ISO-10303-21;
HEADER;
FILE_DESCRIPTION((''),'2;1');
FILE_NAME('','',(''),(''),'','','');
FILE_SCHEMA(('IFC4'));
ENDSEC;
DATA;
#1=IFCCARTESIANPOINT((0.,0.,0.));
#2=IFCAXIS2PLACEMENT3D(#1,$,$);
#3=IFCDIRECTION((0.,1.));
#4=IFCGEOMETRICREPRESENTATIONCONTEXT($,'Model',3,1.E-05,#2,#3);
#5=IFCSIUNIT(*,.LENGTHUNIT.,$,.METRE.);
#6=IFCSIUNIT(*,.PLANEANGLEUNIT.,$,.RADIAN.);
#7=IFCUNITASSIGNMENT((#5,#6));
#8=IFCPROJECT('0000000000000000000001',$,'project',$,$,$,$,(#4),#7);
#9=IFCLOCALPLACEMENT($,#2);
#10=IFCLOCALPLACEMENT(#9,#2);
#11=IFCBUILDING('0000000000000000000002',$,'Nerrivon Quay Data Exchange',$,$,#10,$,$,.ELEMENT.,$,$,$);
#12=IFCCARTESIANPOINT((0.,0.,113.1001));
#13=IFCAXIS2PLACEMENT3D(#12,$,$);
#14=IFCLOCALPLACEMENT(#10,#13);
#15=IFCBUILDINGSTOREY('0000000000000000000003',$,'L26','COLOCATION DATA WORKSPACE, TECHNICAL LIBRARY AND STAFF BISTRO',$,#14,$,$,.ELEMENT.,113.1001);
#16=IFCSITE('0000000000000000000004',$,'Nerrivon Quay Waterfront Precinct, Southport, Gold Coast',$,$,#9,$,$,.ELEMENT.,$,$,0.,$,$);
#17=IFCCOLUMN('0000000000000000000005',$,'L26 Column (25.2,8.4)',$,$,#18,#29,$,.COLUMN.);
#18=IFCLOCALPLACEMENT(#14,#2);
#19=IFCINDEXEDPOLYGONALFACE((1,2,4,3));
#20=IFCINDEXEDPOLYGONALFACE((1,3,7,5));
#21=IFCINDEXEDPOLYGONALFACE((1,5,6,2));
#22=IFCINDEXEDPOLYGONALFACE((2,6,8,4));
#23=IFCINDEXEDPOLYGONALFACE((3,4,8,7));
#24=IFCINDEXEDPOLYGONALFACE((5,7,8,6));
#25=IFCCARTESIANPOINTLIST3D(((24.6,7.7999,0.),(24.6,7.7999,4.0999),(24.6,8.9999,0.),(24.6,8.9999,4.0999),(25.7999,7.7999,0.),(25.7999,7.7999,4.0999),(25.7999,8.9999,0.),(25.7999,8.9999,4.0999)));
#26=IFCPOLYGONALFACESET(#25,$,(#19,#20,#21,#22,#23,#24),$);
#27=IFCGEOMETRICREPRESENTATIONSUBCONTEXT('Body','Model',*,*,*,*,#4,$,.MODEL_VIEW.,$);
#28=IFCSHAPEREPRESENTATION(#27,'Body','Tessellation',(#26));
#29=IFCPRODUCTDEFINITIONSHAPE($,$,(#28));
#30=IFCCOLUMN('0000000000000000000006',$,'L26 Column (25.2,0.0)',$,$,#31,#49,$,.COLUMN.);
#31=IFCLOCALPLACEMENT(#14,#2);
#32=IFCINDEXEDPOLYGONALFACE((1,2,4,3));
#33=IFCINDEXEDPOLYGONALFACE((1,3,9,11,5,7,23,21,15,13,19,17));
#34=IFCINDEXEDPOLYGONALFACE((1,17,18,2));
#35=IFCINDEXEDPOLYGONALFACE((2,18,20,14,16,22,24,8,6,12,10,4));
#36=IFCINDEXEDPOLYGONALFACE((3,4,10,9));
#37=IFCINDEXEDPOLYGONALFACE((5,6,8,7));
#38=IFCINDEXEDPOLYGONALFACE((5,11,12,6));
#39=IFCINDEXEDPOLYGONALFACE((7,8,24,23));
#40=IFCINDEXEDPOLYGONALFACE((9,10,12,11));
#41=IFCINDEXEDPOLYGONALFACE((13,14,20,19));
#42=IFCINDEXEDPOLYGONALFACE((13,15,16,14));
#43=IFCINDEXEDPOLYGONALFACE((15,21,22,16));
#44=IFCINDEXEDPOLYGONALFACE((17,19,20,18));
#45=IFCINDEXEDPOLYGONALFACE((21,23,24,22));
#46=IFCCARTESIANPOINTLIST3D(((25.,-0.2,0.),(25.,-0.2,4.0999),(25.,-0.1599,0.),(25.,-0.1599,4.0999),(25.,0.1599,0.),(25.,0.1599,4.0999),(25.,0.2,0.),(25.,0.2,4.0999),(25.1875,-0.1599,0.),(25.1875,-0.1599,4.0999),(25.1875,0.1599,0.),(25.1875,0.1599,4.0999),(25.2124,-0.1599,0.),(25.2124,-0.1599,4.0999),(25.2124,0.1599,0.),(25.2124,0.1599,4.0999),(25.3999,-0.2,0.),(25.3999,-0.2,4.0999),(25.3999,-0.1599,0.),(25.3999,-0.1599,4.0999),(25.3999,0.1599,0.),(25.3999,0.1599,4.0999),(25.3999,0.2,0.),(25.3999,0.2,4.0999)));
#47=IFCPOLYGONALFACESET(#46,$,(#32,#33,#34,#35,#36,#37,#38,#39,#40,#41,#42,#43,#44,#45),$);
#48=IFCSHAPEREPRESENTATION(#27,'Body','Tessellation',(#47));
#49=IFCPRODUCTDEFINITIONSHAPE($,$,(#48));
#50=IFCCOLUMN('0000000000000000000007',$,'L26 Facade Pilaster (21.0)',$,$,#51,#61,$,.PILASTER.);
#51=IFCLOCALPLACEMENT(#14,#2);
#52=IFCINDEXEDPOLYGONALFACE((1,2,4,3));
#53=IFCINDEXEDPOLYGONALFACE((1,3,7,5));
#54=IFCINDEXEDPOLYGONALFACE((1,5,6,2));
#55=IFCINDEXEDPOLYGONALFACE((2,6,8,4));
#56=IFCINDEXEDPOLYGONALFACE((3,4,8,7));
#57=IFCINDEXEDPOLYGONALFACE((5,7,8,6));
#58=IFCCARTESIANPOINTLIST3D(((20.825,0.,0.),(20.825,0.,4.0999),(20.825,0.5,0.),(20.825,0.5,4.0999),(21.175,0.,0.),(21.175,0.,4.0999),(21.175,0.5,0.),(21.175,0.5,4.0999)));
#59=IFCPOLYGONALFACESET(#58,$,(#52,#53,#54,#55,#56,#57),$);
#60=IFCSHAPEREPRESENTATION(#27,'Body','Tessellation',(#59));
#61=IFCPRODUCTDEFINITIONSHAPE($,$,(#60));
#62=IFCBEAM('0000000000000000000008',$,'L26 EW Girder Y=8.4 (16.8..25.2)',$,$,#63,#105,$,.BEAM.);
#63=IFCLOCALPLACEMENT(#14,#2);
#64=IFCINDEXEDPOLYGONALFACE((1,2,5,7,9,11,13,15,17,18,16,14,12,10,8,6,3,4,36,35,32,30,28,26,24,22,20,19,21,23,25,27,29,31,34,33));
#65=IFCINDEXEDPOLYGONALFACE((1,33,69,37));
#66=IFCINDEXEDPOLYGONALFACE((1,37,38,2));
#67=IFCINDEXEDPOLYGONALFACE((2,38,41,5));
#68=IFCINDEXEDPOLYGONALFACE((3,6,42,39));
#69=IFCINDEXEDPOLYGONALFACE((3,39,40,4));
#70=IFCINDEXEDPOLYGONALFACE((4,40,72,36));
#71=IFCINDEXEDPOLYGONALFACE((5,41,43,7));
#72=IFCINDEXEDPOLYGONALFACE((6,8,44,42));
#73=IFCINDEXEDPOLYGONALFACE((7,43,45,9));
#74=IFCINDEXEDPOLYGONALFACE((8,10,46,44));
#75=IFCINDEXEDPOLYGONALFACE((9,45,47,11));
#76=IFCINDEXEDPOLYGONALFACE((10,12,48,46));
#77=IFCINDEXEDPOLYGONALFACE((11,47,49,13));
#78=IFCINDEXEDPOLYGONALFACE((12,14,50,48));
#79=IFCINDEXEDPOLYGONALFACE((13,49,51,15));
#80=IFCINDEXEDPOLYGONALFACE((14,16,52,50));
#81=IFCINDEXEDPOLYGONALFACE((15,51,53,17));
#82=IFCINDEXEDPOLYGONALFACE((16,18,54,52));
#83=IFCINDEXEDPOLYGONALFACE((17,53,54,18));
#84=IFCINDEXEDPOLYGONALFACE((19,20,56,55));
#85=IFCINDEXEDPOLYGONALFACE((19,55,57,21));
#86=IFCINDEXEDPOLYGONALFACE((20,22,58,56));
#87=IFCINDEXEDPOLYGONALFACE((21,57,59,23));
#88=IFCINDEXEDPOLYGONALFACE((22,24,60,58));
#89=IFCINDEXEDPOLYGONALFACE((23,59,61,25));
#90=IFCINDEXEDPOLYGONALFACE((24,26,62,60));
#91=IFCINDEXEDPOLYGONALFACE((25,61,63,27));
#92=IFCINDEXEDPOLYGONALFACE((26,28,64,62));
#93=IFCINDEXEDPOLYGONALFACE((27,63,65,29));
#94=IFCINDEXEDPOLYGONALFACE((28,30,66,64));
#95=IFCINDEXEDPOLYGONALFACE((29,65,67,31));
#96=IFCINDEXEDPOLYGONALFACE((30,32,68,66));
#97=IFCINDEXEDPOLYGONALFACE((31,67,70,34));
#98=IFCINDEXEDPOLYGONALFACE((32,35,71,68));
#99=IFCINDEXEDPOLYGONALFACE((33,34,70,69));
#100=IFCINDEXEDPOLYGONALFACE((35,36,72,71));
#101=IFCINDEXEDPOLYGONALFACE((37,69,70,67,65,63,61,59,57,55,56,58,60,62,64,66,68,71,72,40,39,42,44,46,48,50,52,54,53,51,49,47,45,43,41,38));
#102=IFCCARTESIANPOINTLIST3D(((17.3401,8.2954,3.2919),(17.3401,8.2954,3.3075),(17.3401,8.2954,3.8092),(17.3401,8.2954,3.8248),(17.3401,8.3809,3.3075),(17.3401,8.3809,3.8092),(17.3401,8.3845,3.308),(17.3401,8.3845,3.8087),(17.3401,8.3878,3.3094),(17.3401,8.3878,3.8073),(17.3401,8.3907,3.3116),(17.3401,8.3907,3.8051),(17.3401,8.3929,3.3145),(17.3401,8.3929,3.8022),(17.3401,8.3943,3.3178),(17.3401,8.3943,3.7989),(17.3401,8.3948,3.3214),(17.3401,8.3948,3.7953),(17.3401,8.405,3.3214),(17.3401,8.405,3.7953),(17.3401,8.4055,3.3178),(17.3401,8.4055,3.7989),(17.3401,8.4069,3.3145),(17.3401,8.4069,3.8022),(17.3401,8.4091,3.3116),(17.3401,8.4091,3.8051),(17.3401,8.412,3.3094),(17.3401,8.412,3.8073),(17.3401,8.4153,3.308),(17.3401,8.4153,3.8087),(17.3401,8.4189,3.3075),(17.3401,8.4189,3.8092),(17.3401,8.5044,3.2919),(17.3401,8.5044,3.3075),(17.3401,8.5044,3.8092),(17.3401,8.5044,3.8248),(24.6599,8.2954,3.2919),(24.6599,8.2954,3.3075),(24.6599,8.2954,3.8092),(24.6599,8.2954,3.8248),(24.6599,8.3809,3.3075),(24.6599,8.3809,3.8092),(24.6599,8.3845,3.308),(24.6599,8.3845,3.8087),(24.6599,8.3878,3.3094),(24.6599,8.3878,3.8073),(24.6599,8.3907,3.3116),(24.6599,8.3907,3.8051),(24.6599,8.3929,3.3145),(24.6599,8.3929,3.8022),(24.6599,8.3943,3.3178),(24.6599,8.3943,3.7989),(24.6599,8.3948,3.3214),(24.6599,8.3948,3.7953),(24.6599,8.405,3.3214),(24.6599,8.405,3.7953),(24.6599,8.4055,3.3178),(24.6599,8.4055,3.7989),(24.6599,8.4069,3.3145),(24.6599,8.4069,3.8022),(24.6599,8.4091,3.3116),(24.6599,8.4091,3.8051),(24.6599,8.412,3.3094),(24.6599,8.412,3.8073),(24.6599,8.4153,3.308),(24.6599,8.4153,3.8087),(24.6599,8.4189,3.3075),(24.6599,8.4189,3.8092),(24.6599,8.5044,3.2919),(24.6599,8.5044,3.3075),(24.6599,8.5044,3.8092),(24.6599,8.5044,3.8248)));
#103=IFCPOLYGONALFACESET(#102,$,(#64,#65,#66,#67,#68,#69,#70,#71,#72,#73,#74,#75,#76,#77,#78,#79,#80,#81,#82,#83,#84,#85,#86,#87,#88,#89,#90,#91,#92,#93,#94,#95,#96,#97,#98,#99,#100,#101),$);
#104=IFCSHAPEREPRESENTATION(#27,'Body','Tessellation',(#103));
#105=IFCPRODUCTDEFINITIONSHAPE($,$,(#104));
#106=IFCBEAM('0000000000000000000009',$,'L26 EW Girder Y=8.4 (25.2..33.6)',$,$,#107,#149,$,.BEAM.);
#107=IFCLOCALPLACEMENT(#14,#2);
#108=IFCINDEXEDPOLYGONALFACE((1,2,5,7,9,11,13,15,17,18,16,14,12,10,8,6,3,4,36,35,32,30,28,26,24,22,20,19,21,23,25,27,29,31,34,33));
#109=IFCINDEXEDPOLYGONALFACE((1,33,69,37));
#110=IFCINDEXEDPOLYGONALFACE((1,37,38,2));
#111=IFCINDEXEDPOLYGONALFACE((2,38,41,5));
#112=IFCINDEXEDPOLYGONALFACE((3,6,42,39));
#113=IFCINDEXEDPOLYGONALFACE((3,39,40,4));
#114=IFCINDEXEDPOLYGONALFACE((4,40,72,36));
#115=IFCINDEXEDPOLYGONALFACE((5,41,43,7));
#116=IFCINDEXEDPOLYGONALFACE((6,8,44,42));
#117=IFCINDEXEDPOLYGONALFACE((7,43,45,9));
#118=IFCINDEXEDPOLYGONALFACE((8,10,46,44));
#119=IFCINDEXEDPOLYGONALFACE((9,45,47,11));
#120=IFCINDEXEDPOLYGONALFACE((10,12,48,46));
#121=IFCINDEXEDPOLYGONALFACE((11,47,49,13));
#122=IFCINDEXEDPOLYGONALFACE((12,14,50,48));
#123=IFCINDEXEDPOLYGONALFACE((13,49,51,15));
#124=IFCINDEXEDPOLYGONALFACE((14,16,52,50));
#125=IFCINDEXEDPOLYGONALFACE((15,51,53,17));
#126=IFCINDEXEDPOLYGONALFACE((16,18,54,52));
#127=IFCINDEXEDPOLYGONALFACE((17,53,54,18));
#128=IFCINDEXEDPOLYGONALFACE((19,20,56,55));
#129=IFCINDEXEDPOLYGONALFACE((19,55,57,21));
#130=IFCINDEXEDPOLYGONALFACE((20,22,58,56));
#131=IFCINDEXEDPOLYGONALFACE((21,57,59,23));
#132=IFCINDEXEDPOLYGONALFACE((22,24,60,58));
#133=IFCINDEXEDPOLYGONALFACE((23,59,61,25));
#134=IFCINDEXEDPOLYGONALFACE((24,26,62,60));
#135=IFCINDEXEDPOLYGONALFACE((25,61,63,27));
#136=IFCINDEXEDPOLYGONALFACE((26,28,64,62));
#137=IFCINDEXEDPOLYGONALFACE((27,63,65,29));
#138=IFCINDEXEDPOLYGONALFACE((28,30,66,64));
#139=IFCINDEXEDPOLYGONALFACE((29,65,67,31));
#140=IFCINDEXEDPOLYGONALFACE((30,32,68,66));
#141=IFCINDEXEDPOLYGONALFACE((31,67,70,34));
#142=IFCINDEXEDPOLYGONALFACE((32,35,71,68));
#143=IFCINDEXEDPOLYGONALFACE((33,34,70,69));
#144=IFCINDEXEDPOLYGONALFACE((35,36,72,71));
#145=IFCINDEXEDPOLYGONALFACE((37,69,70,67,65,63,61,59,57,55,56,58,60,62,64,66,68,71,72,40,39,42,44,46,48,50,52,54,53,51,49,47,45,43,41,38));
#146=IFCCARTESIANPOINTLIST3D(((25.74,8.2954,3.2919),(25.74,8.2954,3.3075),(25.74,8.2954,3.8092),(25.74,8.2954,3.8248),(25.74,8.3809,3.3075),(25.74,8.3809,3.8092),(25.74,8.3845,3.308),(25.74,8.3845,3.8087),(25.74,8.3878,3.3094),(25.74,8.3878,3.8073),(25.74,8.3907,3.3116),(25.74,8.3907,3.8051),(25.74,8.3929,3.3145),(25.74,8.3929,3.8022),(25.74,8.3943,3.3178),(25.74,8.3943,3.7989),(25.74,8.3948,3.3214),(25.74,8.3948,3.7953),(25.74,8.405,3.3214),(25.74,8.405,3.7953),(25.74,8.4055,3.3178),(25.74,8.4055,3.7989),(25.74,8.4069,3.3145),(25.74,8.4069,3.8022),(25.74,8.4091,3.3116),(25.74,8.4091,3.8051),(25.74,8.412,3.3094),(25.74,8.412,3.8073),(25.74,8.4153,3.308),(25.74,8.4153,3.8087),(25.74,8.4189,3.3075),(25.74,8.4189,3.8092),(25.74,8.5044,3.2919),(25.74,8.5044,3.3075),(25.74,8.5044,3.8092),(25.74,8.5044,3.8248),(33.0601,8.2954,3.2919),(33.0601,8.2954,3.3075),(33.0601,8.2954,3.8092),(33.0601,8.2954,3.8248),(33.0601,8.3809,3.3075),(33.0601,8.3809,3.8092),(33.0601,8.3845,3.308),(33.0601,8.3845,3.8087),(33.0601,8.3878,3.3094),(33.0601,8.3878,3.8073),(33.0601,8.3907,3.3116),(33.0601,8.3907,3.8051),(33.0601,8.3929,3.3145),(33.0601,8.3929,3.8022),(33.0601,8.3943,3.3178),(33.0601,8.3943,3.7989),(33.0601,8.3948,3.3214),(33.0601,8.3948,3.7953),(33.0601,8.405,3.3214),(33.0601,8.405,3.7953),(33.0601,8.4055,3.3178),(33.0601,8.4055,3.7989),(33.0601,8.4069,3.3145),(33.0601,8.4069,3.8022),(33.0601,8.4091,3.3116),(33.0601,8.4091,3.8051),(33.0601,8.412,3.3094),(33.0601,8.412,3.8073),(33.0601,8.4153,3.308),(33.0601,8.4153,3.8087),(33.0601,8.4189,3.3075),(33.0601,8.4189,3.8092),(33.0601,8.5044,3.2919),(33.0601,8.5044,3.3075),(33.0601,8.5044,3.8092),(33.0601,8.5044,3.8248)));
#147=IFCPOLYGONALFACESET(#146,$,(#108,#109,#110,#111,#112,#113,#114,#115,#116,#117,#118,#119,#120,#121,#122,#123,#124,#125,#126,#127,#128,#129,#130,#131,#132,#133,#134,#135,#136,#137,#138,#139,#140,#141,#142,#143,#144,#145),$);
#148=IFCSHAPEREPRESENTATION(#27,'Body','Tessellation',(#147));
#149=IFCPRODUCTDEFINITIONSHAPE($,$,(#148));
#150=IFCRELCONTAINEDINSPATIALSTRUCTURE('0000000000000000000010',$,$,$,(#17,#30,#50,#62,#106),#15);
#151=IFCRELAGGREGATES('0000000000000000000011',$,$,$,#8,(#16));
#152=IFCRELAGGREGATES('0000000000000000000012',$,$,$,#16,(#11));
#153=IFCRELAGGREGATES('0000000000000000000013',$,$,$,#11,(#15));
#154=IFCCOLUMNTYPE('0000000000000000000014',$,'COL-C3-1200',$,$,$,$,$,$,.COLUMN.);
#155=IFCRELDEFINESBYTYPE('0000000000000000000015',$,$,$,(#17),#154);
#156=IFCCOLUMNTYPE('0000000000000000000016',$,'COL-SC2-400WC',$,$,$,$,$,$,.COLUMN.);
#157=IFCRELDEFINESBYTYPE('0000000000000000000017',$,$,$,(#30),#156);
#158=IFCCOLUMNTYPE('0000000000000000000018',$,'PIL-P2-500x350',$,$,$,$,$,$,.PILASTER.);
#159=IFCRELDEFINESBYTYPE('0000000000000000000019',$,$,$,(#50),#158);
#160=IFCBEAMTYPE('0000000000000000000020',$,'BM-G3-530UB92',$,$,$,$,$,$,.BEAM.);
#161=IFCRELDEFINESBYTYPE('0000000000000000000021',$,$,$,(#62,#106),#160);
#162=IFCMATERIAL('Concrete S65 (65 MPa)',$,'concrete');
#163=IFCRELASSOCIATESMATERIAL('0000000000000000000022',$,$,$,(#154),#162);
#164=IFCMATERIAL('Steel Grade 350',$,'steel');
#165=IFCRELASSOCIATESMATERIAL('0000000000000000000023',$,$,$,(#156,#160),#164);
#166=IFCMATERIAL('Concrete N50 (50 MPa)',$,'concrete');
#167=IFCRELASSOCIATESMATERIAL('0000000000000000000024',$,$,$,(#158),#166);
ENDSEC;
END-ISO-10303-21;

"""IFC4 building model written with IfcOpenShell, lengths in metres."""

from ifc_helpers import new_model, si_unit, direction, frame, origin, origin_2d, place, context, subcontext, project, spatial, rectangle, i_section, extrude, material, material_profile, profile_set, type_object, element, save


model = new_model("IFC4")

# Units and contexts
model_context = context("Model", 3, precision=1e-05, world=origin(), true_north=direction((0.0, 1.0)))
body_context = subcontext(model_context, "Body", "Model", "MODEL_VIEW")
ifc_project = project(units=[si_unit("LENGTHUNIT", "METRE"), si_unit("PLANEANGLEUNIT", "RADIAN")], contexts=[model_context])

# Site, building, storey
site_placement = place(None, origin())
site = spatial("IfcSite", under=ifc_project, at=site_placement, Name="Nerrivon Quay Waterfront Precinct, Southport, Gold Coast", CompositionType="ELEMENT", RefElevation=0.0)
building_placement = place(site_placement, origin())
building = spatial("IfcBuilding", under=site, at=building_placement, Name="Nerrivon Quay Data Exchange", CompositionType="ELEMENT")
storey_placement = place(building_placement, frame((0.0, 0.0, 113.1001)))
storey = spatial("IfcBuildingStorey", under=building, at=storey_placement, Name="L26", Description="COLOCATION DATA WORKSPACE, TECHNICAL LIBRARY AND STAFF BISTRO", CompositionType="ELEMENT", Elevation=113.1001)

# Columns
ifc_material_1 = material(Name="Concrete S65 (65 MPa)", Category="concrete")
ifc_material_profile_1 = material_profile(ifc_material_1, rectangle(XDim=1.2, YDim=1.2, at=origin_2d()), Name="RC-COL-1200x1200")
ifc_profile_set_1 = profile_set([ifc_material_profile_1], Name="Concrete S65 (65 MPa)")
column_type_1 = type_object("IfcColumnType", Name="COL-C3-1200", PredefinedType="COLUMN", material=ifc_profile_set_1)
column_1_placement = place(storey_placement, frame((25.2, 8.3999, 0.0), z_axis=(0.0, 0.0, 1.0), x_axis=(1.0, 0.0, 0.0)))
element("IfcColumn", 1, at=column_1_placement, inside=storey, type_object=column_type_1, Name="L26 Column (25.2,8.4)", PredefinedType="COLUMN", context=body_context, shape_type="SweptSolid", body=[
    extrude(rectangle(XDim=1.2, YDim=1.2, at=origin_2d()), origin(), (0.0, 0.0, 1.0), 4.0999),
])
ifc_material_2 = material(Name="Steel Grade 350", Category="steel")
ifc_material_profile_2 = material_profile(ifc_material_2, i_section(OverallWidth=0.3999, OverallDepth=0.3999, WebThickness=0.0249, FlangeThickness=0.04, at=origin_2d()), Name="400WC328")
ifc_profile_set_2 = profile_set([ifc_material_profile_2], Name="Steel Grade 350")
column_type_2 = type_object("IfcColumnType", Name="COL-SC2-400WC", PredefinedType="COLUMN", material=ifc_profile_set_2)
column_2_placement = place(storey_placement, frame((25.2, 0.0, 0.0), z_axis=(0.0, 0.0, 1.0), x_axis=(1.0, 0.0, 0.0)))
element("IfcColumn", 2, at=column_2_placement, inside=storey, type_object=column_type_2, Name="L26 Column (25.2,0.0)", PredefinedType="COLUMN", context=body_context, shape_type="SweptSolid", body=[
    extrude(i_section(OverallWidth=0.3999, OverallDepth=0.3999, WebThickness=0.0249, FlangeThickness=0.04, at=origin_2d()), origin(), (0.0, 0.0, 1.0), 4.0999),
])
ifc_material_3 = material(Name="Concrete N50 (50 MPa)", Category="concrete")
ifc_material_profile_3 = material_profile(ifc_material_3, rectangle(XDim=0.3501, YDim=0.5, at=origin_2d()), Name="RC-PIL-500x350")
ifc_profile_set_3 = profile_set([ifc_material_profile_3], Name="Concrete N50 (50 MPa)")
column_type_3 = type_object("IfcColumnType", Name="PIL-P2-500x350", PredefinedType="PILASTER", material=ifc_profile_set_3)
column_3_placement = place(storey_placement, frame((21.0, 0.25, 0.0), z_axis=(0.0, 0.0, 1.0), x_axis=(1.0, 0.0, 0.0)))
element("IfcColumn", 3, at=column_3_placement, inside=storey, type_object=column_type_3, Name="L26 Facade Pilaster (21.0)", PredefinedType="PILASTER", context=body_context, shape_type="SweptSolid", body=[
    extrude(rectangle(XDim=0.3501, YDim=0.5, at=origin_2d()), origin(), (0.0, 0.0, 1.0), 4.0999),
])

# Beams
ifc_material_profile_4 = material_profile(ifc_material_2, i_section(OverallWidth=0.209, OverallDepth=0.533, WebThickness=0.0103, FlangeThickness=0.0156, FilletRadius=0.0139, at=origin_2d()), Name="530UB92.4")
ifc_profile_set_4 = profile_set([ifc_material_profile_4], Name="Steel Grade 350")
beam_type_1 = type_object("IfcBeamType", Name="BM-G3-530UB92", PredefinedType="BEAM", material=ifc_profile_set_4)
beam_1_placement = place(storey_placement, frame((17.3401, 8.3999, 3.5583), z_axis=(1.0, 0.0, 0.0), x_axis=(0.0, 1.0, 0.0)))
element("IfcBeam", 4, at=beam_1_placement, inside=storey, type_object=beam_type_1, Name="L26 EW Girder Y=8.4 (16.8..25.2)", PredefinedType="BEAM", context=body_context, shape_type="SweptSolid", body=[
    extrude(i_section(OverallWidth=0.209, OverallDepth=0.533, WebThickness=0.0103, FlangeThickness=0.0156, FilletRadius=0.0139, at=origin_2d()), origin(), (0.0, 0.0, 1.0), 7.3198),
])
beam_2_placement = place(storey_placement, frame((25.74, 8.3999, 3.5583), z_axis=(1.0, 0.0, 0.0), x_axis=(0.0, 1.0, 0.0)))
element("IfcBeam", 5, at=beam_2_placement, inside=storey, type_object=beam_type_1, Name="L26 EW Girder Y=8.4 (25.2..33.6)", PredefinedType="BEAM", context=body_context, shape_type="SweptSolid", body=[
    extrude(i_section(OverallWidth=0.209, OverallDepth=0.533, WebThickness=0.0103, FlangeThickness=0.0156, FilletRadius=0.0139, at=origin_2d()), origin(), (0.0, 0.0, 1.0), 7.3201),
])

save(model, "model.ifc")
